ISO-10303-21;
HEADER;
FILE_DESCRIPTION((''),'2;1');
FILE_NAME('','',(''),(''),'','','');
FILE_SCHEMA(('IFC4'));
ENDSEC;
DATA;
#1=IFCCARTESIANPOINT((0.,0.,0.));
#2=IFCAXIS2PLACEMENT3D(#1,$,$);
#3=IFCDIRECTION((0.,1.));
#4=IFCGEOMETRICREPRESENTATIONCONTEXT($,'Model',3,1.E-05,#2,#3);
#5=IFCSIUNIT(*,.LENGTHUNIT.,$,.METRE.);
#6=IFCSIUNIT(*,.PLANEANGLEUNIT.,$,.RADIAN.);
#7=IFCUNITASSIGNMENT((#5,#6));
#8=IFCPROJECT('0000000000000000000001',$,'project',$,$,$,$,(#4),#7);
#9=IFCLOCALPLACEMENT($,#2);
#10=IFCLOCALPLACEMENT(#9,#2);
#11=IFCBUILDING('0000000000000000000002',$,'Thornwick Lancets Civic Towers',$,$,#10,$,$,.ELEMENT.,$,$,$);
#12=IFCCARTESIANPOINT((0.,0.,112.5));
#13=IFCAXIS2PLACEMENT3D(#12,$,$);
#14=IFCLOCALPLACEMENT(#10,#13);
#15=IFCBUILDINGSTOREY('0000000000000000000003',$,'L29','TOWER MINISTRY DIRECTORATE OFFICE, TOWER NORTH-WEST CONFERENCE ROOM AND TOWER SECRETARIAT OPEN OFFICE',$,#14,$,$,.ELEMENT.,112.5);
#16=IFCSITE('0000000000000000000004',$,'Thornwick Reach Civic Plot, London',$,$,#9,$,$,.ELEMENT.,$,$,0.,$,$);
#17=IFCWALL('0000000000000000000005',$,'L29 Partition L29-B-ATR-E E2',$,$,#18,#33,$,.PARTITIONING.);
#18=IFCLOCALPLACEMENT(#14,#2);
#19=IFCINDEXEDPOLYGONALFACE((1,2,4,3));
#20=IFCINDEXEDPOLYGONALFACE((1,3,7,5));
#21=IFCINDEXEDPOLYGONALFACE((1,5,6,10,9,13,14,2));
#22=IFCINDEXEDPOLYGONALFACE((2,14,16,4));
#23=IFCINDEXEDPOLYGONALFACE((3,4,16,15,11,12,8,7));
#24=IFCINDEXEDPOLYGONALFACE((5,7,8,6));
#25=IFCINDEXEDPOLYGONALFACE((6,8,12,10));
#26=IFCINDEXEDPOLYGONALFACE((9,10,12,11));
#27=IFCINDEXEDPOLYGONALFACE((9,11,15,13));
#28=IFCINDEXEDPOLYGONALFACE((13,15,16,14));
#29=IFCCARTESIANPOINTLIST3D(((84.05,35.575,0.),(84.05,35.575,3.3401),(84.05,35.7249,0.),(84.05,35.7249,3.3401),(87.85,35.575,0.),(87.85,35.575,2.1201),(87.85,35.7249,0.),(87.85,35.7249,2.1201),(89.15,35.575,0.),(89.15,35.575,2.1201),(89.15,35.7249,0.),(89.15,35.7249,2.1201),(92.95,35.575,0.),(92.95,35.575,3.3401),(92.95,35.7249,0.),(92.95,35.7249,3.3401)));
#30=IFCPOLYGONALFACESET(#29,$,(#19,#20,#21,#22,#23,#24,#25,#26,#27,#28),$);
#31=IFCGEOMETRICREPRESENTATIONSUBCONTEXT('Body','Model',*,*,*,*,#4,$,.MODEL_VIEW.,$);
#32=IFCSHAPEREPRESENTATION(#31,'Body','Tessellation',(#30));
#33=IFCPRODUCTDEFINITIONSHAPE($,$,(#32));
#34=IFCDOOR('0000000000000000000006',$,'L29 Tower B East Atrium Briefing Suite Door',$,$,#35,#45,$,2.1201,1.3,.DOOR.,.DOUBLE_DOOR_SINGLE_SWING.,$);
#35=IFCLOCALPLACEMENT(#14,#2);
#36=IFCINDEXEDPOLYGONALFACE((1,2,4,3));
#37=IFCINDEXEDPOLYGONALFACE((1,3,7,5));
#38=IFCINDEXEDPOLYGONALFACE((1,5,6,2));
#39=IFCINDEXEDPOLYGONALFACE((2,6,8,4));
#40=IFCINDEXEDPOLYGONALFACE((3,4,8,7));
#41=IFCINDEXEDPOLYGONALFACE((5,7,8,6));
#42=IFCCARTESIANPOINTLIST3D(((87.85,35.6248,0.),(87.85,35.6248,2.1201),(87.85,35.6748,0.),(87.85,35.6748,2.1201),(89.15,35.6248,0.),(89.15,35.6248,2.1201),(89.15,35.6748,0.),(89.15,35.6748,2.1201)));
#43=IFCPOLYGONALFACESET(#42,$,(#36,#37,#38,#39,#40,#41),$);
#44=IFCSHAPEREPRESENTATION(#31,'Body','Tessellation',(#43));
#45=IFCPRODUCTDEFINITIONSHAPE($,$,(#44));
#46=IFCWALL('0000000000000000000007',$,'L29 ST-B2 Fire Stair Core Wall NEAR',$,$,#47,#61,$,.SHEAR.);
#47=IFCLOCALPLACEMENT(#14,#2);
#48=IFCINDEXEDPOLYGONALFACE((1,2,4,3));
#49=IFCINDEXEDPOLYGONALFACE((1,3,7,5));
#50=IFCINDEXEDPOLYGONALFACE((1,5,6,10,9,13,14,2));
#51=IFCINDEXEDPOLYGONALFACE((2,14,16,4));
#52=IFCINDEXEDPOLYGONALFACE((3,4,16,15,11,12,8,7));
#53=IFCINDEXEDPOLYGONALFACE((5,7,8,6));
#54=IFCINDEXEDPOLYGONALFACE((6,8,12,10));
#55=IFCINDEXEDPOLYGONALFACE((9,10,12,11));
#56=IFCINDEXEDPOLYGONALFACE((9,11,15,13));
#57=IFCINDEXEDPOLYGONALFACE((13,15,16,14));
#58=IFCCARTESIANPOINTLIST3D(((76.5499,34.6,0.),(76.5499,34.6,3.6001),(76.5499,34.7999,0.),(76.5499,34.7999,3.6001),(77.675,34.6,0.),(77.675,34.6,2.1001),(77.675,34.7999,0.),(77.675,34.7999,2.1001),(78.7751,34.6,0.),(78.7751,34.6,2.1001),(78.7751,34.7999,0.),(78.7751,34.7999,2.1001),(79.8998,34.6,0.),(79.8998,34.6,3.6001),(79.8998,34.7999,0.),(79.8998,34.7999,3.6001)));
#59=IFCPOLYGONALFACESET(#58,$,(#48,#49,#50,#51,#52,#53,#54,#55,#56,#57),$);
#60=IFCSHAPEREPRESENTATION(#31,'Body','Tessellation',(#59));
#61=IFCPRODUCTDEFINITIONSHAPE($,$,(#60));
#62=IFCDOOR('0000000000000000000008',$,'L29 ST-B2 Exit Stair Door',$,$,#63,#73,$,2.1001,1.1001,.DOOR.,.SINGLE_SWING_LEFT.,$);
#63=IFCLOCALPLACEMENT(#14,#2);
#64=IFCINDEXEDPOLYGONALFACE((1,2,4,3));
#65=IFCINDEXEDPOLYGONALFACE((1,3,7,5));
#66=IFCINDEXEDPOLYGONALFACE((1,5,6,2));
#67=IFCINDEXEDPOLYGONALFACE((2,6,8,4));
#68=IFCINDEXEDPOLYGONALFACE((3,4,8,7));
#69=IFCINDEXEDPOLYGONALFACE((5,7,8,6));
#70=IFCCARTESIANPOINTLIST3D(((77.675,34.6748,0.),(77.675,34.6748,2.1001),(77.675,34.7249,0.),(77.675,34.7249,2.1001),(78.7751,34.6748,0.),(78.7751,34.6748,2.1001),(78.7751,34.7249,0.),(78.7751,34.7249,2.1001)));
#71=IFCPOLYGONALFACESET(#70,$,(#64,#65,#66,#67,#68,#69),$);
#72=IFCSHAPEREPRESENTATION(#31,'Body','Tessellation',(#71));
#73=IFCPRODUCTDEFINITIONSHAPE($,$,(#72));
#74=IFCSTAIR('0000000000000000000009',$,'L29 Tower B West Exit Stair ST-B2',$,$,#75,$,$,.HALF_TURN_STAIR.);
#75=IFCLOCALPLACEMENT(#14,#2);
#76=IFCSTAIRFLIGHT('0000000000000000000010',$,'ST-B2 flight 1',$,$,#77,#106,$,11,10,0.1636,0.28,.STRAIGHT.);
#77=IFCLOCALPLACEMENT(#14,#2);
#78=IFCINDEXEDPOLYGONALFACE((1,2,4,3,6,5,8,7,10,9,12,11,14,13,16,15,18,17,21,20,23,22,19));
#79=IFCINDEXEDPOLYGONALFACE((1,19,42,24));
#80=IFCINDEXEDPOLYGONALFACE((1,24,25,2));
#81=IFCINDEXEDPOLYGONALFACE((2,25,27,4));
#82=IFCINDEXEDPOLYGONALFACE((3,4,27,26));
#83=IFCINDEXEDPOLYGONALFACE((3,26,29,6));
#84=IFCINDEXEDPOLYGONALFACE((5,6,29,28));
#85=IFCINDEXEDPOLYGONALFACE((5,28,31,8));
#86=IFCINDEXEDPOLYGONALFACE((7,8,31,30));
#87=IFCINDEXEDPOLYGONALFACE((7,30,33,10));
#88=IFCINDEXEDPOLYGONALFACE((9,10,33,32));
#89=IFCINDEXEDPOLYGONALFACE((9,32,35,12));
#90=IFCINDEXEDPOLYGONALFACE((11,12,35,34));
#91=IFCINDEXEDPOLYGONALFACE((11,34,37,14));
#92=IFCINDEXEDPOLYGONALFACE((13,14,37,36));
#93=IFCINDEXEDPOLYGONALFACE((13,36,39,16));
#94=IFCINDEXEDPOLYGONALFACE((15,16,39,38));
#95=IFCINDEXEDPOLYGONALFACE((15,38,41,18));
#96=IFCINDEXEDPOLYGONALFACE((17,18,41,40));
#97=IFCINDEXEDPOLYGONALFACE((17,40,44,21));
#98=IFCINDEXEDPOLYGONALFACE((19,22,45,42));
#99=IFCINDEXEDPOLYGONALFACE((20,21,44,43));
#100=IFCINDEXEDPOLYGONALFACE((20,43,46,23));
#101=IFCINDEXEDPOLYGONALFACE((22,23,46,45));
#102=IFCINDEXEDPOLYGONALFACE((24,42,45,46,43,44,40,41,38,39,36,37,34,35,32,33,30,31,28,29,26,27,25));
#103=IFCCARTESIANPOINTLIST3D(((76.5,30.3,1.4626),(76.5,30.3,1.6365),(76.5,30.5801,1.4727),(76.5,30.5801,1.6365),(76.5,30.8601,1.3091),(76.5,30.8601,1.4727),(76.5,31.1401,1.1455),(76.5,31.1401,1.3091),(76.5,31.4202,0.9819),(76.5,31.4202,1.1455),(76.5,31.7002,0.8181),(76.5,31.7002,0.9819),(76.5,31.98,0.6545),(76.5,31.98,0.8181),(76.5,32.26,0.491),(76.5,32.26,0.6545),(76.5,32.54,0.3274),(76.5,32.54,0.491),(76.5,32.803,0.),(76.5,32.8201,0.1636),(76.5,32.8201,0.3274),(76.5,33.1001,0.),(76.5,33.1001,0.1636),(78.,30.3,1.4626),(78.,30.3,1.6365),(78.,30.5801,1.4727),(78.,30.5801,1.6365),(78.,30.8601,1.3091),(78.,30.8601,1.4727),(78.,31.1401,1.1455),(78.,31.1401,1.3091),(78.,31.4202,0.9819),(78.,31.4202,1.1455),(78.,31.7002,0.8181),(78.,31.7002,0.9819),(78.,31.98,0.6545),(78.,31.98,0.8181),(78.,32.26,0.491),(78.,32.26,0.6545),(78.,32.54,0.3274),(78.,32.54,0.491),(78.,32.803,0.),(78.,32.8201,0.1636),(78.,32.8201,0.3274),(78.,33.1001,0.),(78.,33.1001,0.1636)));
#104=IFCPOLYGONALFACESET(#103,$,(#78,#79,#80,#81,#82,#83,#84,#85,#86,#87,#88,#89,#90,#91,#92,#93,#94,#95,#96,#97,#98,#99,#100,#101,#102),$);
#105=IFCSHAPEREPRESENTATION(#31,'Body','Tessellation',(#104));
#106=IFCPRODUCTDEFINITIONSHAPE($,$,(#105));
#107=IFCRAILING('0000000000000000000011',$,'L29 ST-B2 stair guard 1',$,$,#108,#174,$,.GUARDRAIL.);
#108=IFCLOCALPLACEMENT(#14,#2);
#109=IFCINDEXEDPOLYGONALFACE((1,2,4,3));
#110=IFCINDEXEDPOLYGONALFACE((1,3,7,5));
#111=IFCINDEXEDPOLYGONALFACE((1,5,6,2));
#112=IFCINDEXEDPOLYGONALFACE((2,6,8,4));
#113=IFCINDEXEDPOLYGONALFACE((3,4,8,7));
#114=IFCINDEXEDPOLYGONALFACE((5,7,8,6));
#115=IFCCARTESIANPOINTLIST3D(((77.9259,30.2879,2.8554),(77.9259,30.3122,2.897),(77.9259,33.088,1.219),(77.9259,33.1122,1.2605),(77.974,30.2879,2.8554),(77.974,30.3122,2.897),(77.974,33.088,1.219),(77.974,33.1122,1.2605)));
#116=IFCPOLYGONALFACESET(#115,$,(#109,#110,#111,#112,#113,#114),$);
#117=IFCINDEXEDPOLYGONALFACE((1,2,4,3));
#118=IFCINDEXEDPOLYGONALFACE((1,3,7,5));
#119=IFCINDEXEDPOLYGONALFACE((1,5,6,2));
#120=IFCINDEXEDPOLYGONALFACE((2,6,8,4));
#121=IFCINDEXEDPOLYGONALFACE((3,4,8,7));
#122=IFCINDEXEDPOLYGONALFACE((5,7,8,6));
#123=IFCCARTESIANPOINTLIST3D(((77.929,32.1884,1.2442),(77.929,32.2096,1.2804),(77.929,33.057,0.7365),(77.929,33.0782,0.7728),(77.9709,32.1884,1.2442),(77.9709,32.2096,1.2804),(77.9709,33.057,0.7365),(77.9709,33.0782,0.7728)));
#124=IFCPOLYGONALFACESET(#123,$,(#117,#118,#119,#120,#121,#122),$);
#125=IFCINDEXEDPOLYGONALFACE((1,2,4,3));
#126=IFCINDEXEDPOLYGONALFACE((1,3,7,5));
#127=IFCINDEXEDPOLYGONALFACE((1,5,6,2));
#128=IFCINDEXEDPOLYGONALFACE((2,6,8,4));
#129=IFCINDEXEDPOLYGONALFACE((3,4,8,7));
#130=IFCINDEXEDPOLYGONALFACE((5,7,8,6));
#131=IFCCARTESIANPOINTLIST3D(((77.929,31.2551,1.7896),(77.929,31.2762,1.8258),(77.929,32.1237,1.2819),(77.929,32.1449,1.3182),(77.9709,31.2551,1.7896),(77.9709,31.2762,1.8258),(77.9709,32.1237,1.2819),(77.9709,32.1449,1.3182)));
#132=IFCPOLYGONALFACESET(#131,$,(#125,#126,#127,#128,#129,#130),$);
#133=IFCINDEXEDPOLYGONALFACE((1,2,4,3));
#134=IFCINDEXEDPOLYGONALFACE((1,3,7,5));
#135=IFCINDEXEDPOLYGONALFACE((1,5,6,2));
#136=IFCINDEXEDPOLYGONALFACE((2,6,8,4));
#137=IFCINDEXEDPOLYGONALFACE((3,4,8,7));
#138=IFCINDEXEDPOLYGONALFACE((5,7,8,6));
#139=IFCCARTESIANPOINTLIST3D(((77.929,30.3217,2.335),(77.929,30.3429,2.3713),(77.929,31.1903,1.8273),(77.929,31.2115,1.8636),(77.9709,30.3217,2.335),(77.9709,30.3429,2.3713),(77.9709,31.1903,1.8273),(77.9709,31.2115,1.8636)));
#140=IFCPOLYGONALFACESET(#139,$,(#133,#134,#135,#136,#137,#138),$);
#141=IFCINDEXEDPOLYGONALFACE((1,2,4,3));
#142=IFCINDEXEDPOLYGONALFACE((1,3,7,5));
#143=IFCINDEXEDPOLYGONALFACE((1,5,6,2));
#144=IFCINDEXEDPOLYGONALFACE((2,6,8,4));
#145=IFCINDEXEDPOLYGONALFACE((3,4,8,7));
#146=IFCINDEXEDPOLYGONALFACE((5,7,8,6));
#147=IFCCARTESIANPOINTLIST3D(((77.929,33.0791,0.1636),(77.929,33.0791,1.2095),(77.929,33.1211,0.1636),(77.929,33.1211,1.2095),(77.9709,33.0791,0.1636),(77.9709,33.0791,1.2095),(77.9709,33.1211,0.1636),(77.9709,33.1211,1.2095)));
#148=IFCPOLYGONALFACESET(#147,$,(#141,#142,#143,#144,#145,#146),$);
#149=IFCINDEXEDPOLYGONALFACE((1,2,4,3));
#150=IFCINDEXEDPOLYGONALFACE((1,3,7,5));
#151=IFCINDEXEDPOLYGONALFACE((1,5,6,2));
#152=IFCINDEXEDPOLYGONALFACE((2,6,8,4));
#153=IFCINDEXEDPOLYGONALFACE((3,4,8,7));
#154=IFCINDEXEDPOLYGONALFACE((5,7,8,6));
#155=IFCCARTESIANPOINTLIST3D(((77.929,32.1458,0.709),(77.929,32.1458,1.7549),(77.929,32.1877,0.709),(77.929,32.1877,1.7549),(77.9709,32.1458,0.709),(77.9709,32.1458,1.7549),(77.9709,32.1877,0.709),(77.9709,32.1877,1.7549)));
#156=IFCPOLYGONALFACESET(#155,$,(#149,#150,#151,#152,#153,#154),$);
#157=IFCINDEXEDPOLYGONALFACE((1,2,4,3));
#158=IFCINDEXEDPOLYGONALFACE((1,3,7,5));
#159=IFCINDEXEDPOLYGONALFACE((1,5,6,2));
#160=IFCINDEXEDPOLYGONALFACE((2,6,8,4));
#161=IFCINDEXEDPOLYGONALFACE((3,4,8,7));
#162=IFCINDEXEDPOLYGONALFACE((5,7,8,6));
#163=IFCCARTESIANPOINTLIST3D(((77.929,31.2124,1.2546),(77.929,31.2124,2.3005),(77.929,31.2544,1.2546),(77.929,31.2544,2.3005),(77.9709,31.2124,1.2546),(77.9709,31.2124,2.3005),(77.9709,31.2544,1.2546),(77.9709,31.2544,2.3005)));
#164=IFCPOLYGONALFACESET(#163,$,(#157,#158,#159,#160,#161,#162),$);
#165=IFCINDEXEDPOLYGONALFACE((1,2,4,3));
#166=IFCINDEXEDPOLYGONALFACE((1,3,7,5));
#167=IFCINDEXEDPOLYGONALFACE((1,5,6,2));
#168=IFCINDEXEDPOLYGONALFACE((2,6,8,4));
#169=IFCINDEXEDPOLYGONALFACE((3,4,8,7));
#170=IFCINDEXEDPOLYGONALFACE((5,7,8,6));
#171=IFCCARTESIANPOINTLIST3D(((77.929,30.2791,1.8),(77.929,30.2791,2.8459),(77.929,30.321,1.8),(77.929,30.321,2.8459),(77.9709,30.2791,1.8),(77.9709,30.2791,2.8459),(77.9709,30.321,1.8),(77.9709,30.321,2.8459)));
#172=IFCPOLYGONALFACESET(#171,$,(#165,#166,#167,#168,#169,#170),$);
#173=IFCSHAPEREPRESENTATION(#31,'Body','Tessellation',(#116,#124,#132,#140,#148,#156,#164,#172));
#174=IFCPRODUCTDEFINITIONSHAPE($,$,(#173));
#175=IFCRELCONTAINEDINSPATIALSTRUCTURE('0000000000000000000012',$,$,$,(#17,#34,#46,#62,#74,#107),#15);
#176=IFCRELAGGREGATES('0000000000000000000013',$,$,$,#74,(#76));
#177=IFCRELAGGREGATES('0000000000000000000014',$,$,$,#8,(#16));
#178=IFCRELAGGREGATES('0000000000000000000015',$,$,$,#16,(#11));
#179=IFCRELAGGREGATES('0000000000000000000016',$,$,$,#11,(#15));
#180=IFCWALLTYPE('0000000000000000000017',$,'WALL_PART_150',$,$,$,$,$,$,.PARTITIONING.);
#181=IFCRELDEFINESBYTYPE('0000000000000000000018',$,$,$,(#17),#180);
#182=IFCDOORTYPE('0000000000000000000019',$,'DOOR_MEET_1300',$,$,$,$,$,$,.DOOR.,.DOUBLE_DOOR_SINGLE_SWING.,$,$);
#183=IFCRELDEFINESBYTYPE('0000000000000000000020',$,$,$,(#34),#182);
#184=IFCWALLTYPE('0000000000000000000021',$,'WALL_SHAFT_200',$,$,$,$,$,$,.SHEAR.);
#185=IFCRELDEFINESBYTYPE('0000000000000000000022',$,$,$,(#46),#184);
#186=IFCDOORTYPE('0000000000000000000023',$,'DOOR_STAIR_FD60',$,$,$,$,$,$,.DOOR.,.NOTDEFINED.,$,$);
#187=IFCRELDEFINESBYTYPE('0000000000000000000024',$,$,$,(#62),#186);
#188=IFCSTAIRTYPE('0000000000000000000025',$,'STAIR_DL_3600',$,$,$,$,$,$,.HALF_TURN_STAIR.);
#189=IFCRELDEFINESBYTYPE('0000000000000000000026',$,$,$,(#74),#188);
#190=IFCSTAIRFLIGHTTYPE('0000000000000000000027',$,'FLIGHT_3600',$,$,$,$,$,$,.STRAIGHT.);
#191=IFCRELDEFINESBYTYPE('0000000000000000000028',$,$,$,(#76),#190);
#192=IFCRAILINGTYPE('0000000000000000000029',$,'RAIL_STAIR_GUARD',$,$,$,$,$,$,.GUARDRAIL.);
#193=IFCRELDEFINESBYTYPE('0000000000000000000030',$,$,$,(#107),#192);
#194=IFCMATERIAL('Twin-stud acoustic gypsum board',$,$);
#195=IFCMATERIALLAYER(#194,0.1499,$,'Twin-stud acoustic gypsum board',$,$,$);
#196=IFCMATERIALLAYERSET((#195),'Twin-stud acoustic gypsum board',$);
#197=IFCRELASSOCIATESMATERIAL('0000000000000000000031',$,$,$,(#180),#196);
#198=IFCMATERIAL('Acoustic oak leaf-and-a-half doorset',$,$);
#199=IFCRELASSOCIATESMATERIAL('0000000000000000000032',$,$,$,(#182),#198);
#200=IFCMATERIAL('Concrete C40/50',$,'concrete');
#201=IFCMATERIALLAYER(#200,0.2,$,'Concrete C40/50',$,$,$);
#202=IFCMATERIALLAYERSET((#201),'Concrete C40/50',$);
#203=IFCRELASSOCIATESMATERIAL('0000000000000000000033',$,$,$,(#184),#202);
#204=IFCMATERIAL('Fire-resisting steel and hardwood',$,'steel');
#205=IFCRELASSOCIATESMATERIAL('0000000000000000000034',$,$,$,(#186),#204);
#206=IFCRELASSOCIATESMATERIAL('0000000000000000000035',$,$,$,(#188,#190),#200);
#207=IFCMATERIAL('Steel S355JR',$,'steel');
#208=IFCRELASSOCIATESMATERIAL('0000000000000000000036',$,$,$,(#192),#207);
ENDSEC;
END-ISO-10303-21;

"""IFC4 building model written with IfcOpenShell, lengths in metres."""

from ifc_helpers import new_model, si_unit, direction, frame, frame_2d, origin, origin_2d, place, context, subcontext, project, spatial, polyline, rectangle, outline, extrude, material, layer, layer_set, type_object, element, fill, aggregate, save


model = new_model("IFC4")

# Units and contexts
model_context = context("Model", 3, precision=1e-05, world=origin(), true_north=direction((0.0, 1.0)))
body_context = subcontext(model_context, "Body", "Model", "MODEL_VIEW")
ifc_project = project(units=[si_unit("LENGTHUNIT", "METRE"), si_unit("PLANEANGLEUNIT", "RADIAN")], contexts=[model_context])

# Site, building, storey
site_placement = place(None, origin())
site = spatial("IfcSite", under=ifc_project, at=site_placement, Name="Thornwick Reach Civic Plot, London", CompositionType="ELEMENT", RefElevation=0.0)
building_placement = place(site_placement, origin())
building = spatial("IfcBuilding", under=site, at=building_placement, Name="Thornwick Lancets Civic Towers", CompositionType="ELEMENT")
storey_placement = place(building_placement, frame((0.0, 0.0, 112.5)))
storey = spatial("IfcBuildingStorey", under=building, at=storey_placement, Name="L29", Description="TOWER MINISTRY DIRECTORATE OFFICE, TOWER NORTH-WEST CONFERENCE ROOM AND TOWER SECRETARIAT OPEN OFFICE", CompositionType="ELEMENT", Elevation=112.5)

# Shared definitions
ifc_material_1 = material(Name="Twin-stud acoustic gypsum board")
ifc_layer_1 = layer(ifc_material_1, 0.1499, Name="Twin-stud acoustic gypsum board")
ifc_layer_set_1 = layer_set([ifc_layer_1], Name="Twin-stud acoustic gypsum board")
wall_type_1 = type_object("IfcWallType", Name="WALL_PART_150", PredefinedType="PARTITIONING", material=ifc_layer_set_1)

# Walls, openings, doors
wall_1_placement = place(storey_placement, frame((84.05, 35.6499, 0.0), z_axis=(0.0, 0.0, 1.0), x_axis=(1.0, 0.0, 0.0)))
wall_1 = element("IfcWall", 1, at=wall_1_placement, inside=storey, type_object=wall_type_1, Name="L29 Partition L29-B-ATR-E E2", PredefinedType="PARTITIONING", context=body_context, shape_type="SweptSolid", body=[
    extrude(rectangle(XDim=8.8999, YDim=0.1499, at=frame_2d((4.45, 0.0))), origin(), (0.0, 0.0, 1.0), 3.3401),
])
opening_1_placement = place(wall_1_placement, frame((3.8, 0.0, 0.0)))
opening_1 = element("IfcOpeningElement", 2, at=opening_1_placement, cuts=wall_1, PredefinedType="OPENING", context=body_context, shape_type="SweptSolid", body=[
    extrude(rectangle(XDim=1.3, YDim=2.1201, at=frame_2d((0.6499, 1.0601))), frame((0.0, 0.085, 0.0), z_axis=(0.0, -1.0, 0.0), x_axis=(1.0, 0.0, 0.0)), (0.0, 0.0, 1.0), 0.1699),
])
ifc_material_2 = material(Name="Acoustic oak leaf-and-a-half doorset")
door_type_1 = type_object("IfcDoorType", Name="DOOR_MEET_1300", OperationType="DOUBLE_DOOR_SINGLE_SWING", PredefinedType="DOOR", material=ifc_material_2)
door_1_placement = place(opening_1_placement, origin())
door_1 = element("IfcDoor", 3, at=door_1_placement, inside=storey, type_object=door_type_1, Name="L29 Tower B East Atrium Briefing Suite Door", OperationType="DOUBLE_DOOR_SINGLE_SWING", OverallHeight=2.1201, OverallWidth=1.3, PredefinedType="DOOR", context=body_context, shape_type="SweptSolid", body=[
    extrude(rectangle(XDim=1.3, YDim=2.1201, at=frame_2d((0.6499, 1.0601))), frame((0.0, 0.0249, 0.0), z_axis=(0.0, -1.0, 0.0), x_axis=(1.0, 0.0, 0.0)), (0.0, 0.0, 1.0), 0.05),
])
fill(opening_1, door_1)
ifc_material_3 = material(Name="Concrete C40/50", Category="concrete")
ifc_layer_2 = layer(ifc_material_3, 0.2, Name="Concrete C40/50")
ifc_layer_set_2 = layer_set([ifc_layer_2], Name="Concrete C40/50")
wall_type_2 = type_object("IfcWallType", Name="WALL_SHAFT_200", PredefinedType="SHEAR", material=ifc_layer_set_2)
wall_2_placement = place(storey_placement, frame((76.55, 34.7, 0.0), z_axis=(0.0, 0.0, 1.0), x_axis=(1.0, 0.0, 0.0)))
wall_2 = element("IfcWall", 4, at=wall_2_placement, inside=storey, type_object=wall_type_2, Name="L29 ST-B2 Fire Stair Core Wall NEAR", PredefinedType="SHEAR", context=body_context, shape_type="SweptSolid", body=[
    extrude(rectangle(XDim=3.3499, YDim=0.2, at=frame_2d((1.6748, 0.0))), origin(), (0.0, 0.0, 1.0), 3.6001),
])
opening_2_placement = place(wall_2_placement, frame((1.125, 0.0, 0.0)))
opening_2 = element("IfcOpeningElement", 5, at=opening_2_placement, cuts=wall_2, PredefinedType="OPENING", context=body_context, shape_type="SweptSolid", body=[
    extrude(rectangle(XDim=1.1001, YDim=2.1001, at=frame_2d((0.55, 1.05))), frame((0.0, 0.1099, 0.0), z_axis=(0.0, -1.0, 0.0), x_axis=(1.0, 0.0, 0.0)), (0.0, 0.0, 1.0), 0.22),
])
ifc_material_4 = material(Name="Fire-resisting steel and hardwood", Category="steel")
door_type_2 = type_object("IfcDoorType", Name="DOOR_STAIR_FD60", OperationType="NOTDEFINED", PredefinedType="DOOR", material=ifc_material_4)
door_2_placement = place(opening_2_placement, origin())
door_2 = element("IfcDoor", 6, at=door_2_placement, inside=storey, type_object=door_type_2, Name="L29 ST-B2 Exit Stair Door", OperationType="SINGLE_SWING_LEFT", OverallHeight=2.1001, OverallWidth=1.1001, PredefinedType="DOOR", context=body_context, shape_type="SweptSolid", body=[
    extrude(rectangle(XDim=1.1001, YDim=2.1001, at=frame_2d((0.55, 1.05))), frame((0.0, 0.0249, 0.0), z_axis=(0.0, -1.0, 0.0), x_axis=(1.0, 0.0, 0.0)), (0.0, 0.0, 1.0), 0.05),
])
fill(opening_2, door_2)

# Stair, stair flight
stair_type = type_object("IfcStairType", Name="STAIR_DL_3600", PredefinedType="HALF_TURN_STAIR", material=ifc_material_3)
stair_placement = place(storey_placement, origin())
stair = element("IfcStair", 7, at=stair_placement, inside=storey, type_object=stair_type, Name="L29 Tower B West Exit Stair ST-B2", PredefinedType="HALF_TURN_STAIR")
stair_flight_type = type_object("IfcStairFlightType", Name="FLIGHT_3600", PredefinedType="STRAIGHT", material=ifc_material_3)
stair_flight_placement = place(storey_placement, frame((77.25, 33.1001, 0.0), z_axis=(0.0, 0.0, 1.0), x_axis=(0.0, -1.0, 0.0)))
stair_flight = element("IfcStairFlight", 8, at=stair_flight_placement, type_object=stair_flight_type, Name="ST-B2 flight 1", NumberOfRisers=11, NumberOfTreads=10, PredefinedType="STRAIGHT", RiserHeight=0.1636, TreadLength=0.28, context=body_context, shape_type="SweptSolid", body=[
    extrude(outline(polyline([(0.0, 0.0), (0.0, 0.1636), (0.28, 0.1636), (0.28, 0.3274), (0.5601, 0.3274), (0.5601, 0.491), (0.8401, 0.491), (0.8401, 0.6545), (1.1201, 0.6545), (1.1201, 0.8181), (1.3999, 0.8181), (1.3999, 0.9819), (1.6799, 0.9819), (1.6799, 1.1455), (1.96, 1.1455), (1.96, 1.3091), (2.24, 1.3091), (2.24, 1.4727), (2.52, 1.4727), (2.52, 1.6365), (2.8, 1.6365), (2.8, 1.8), (2.8, 1.4626), (0.2971, 0.0), (0.0, 0.0)])), frame((0.0, 0.75, 0.0), z_axis=(0.0, -1.0, 0.0), x_axis=(1.0, 0.0, 0.0)), (0.0, 0.0, 1.0), 1.5),
])
aggregate(stair, [stair_flight])

# Railing
ifc_material_5 = material(Name="Steel S355JR", Category="steel")
railing_type = type_object("IfcRailingType", Name="RAIL_STAIR_GUARD", PredefinedType="GUARDRAIL", material=ifc_material_5)
railing_1_placement = place(storey_placement, frame((77.95, 33.1001, 0.1636)))
element("IfcRailing", 9, at=railing_1_placement, inside=storey, type_object=railing_type, Name="L29 ST-B2 stair guard 1", PredefinedType="GUARDRAIL", context=body_context, shape_type="SweptSolid", body=[
    extrude(rectangle(XDim=0.0481, YDim=0.0481, at=origin_2d()), frame((0.0, 0.0, 1.0762), z_axis=(0.0, -0.863361, 0.504587), x_axis=(1.0, 0.0, 0.0)), (0.0, 0.0, 1.0), 3.2432),
    extrude(rectangle(XDim=0.042, YDim=0.042, at=origin_2d()), frame((0.0, -0.0325, 0.5911), z_axis=(0.0, -0.863361, 0.504587), x_axis=(1.0, 0.0, 0.0)), (0.0, 0.0, 1.0), 1.0061),
    extrude(rectangle(XDim=0.042, YDim=0.042, at=origin_2d()), frame((0.0, -0.9658, 1.1365), z_axis=(0.0, -0.863361, 0.504587), x_axis=(1.0, 0.0, 0.0)), (0.0, 0.0, 1.0), 1.0061),
    extrude(rectangle(XDim=0.042, YDim=0.042, at=origin_2d()), frame((0.0, -1.8992, 1.6819), z_axis=(0.0, -0.863361, 0.504587), x_axis=(1.0, 0.0, 0.0)), (0.0, 0.0, 1.0), 1.0061),
    extrude(rectangle(XDim=0.042, YDim=0.042, at=origin_2d()), origin(), (0.0, 0.0, 1.0), 1.0459),
    extrude(rectangle(XDim=0.042, YDim=0.042, at=origin_2d()), frame((0.0, -0.9333, 0.5454)), (0.0, 0.0, 1.0), 1.0459),
    extrude(rectangle(XDim=0.042, YDim=0.042, at=origin_2d()), frame((0.0, -1.8667, 1.0911)), (0.0, 0.0, 1.0), 1.0459),
    extrude(rectangle(XDim=0.042, YDim=0.042, at=origin_2d()), frame((0.0, -2.8, 1.6365)), (0.0, 0.0, 1.0), 1.0459),
])

save(model, "model.ifc")
